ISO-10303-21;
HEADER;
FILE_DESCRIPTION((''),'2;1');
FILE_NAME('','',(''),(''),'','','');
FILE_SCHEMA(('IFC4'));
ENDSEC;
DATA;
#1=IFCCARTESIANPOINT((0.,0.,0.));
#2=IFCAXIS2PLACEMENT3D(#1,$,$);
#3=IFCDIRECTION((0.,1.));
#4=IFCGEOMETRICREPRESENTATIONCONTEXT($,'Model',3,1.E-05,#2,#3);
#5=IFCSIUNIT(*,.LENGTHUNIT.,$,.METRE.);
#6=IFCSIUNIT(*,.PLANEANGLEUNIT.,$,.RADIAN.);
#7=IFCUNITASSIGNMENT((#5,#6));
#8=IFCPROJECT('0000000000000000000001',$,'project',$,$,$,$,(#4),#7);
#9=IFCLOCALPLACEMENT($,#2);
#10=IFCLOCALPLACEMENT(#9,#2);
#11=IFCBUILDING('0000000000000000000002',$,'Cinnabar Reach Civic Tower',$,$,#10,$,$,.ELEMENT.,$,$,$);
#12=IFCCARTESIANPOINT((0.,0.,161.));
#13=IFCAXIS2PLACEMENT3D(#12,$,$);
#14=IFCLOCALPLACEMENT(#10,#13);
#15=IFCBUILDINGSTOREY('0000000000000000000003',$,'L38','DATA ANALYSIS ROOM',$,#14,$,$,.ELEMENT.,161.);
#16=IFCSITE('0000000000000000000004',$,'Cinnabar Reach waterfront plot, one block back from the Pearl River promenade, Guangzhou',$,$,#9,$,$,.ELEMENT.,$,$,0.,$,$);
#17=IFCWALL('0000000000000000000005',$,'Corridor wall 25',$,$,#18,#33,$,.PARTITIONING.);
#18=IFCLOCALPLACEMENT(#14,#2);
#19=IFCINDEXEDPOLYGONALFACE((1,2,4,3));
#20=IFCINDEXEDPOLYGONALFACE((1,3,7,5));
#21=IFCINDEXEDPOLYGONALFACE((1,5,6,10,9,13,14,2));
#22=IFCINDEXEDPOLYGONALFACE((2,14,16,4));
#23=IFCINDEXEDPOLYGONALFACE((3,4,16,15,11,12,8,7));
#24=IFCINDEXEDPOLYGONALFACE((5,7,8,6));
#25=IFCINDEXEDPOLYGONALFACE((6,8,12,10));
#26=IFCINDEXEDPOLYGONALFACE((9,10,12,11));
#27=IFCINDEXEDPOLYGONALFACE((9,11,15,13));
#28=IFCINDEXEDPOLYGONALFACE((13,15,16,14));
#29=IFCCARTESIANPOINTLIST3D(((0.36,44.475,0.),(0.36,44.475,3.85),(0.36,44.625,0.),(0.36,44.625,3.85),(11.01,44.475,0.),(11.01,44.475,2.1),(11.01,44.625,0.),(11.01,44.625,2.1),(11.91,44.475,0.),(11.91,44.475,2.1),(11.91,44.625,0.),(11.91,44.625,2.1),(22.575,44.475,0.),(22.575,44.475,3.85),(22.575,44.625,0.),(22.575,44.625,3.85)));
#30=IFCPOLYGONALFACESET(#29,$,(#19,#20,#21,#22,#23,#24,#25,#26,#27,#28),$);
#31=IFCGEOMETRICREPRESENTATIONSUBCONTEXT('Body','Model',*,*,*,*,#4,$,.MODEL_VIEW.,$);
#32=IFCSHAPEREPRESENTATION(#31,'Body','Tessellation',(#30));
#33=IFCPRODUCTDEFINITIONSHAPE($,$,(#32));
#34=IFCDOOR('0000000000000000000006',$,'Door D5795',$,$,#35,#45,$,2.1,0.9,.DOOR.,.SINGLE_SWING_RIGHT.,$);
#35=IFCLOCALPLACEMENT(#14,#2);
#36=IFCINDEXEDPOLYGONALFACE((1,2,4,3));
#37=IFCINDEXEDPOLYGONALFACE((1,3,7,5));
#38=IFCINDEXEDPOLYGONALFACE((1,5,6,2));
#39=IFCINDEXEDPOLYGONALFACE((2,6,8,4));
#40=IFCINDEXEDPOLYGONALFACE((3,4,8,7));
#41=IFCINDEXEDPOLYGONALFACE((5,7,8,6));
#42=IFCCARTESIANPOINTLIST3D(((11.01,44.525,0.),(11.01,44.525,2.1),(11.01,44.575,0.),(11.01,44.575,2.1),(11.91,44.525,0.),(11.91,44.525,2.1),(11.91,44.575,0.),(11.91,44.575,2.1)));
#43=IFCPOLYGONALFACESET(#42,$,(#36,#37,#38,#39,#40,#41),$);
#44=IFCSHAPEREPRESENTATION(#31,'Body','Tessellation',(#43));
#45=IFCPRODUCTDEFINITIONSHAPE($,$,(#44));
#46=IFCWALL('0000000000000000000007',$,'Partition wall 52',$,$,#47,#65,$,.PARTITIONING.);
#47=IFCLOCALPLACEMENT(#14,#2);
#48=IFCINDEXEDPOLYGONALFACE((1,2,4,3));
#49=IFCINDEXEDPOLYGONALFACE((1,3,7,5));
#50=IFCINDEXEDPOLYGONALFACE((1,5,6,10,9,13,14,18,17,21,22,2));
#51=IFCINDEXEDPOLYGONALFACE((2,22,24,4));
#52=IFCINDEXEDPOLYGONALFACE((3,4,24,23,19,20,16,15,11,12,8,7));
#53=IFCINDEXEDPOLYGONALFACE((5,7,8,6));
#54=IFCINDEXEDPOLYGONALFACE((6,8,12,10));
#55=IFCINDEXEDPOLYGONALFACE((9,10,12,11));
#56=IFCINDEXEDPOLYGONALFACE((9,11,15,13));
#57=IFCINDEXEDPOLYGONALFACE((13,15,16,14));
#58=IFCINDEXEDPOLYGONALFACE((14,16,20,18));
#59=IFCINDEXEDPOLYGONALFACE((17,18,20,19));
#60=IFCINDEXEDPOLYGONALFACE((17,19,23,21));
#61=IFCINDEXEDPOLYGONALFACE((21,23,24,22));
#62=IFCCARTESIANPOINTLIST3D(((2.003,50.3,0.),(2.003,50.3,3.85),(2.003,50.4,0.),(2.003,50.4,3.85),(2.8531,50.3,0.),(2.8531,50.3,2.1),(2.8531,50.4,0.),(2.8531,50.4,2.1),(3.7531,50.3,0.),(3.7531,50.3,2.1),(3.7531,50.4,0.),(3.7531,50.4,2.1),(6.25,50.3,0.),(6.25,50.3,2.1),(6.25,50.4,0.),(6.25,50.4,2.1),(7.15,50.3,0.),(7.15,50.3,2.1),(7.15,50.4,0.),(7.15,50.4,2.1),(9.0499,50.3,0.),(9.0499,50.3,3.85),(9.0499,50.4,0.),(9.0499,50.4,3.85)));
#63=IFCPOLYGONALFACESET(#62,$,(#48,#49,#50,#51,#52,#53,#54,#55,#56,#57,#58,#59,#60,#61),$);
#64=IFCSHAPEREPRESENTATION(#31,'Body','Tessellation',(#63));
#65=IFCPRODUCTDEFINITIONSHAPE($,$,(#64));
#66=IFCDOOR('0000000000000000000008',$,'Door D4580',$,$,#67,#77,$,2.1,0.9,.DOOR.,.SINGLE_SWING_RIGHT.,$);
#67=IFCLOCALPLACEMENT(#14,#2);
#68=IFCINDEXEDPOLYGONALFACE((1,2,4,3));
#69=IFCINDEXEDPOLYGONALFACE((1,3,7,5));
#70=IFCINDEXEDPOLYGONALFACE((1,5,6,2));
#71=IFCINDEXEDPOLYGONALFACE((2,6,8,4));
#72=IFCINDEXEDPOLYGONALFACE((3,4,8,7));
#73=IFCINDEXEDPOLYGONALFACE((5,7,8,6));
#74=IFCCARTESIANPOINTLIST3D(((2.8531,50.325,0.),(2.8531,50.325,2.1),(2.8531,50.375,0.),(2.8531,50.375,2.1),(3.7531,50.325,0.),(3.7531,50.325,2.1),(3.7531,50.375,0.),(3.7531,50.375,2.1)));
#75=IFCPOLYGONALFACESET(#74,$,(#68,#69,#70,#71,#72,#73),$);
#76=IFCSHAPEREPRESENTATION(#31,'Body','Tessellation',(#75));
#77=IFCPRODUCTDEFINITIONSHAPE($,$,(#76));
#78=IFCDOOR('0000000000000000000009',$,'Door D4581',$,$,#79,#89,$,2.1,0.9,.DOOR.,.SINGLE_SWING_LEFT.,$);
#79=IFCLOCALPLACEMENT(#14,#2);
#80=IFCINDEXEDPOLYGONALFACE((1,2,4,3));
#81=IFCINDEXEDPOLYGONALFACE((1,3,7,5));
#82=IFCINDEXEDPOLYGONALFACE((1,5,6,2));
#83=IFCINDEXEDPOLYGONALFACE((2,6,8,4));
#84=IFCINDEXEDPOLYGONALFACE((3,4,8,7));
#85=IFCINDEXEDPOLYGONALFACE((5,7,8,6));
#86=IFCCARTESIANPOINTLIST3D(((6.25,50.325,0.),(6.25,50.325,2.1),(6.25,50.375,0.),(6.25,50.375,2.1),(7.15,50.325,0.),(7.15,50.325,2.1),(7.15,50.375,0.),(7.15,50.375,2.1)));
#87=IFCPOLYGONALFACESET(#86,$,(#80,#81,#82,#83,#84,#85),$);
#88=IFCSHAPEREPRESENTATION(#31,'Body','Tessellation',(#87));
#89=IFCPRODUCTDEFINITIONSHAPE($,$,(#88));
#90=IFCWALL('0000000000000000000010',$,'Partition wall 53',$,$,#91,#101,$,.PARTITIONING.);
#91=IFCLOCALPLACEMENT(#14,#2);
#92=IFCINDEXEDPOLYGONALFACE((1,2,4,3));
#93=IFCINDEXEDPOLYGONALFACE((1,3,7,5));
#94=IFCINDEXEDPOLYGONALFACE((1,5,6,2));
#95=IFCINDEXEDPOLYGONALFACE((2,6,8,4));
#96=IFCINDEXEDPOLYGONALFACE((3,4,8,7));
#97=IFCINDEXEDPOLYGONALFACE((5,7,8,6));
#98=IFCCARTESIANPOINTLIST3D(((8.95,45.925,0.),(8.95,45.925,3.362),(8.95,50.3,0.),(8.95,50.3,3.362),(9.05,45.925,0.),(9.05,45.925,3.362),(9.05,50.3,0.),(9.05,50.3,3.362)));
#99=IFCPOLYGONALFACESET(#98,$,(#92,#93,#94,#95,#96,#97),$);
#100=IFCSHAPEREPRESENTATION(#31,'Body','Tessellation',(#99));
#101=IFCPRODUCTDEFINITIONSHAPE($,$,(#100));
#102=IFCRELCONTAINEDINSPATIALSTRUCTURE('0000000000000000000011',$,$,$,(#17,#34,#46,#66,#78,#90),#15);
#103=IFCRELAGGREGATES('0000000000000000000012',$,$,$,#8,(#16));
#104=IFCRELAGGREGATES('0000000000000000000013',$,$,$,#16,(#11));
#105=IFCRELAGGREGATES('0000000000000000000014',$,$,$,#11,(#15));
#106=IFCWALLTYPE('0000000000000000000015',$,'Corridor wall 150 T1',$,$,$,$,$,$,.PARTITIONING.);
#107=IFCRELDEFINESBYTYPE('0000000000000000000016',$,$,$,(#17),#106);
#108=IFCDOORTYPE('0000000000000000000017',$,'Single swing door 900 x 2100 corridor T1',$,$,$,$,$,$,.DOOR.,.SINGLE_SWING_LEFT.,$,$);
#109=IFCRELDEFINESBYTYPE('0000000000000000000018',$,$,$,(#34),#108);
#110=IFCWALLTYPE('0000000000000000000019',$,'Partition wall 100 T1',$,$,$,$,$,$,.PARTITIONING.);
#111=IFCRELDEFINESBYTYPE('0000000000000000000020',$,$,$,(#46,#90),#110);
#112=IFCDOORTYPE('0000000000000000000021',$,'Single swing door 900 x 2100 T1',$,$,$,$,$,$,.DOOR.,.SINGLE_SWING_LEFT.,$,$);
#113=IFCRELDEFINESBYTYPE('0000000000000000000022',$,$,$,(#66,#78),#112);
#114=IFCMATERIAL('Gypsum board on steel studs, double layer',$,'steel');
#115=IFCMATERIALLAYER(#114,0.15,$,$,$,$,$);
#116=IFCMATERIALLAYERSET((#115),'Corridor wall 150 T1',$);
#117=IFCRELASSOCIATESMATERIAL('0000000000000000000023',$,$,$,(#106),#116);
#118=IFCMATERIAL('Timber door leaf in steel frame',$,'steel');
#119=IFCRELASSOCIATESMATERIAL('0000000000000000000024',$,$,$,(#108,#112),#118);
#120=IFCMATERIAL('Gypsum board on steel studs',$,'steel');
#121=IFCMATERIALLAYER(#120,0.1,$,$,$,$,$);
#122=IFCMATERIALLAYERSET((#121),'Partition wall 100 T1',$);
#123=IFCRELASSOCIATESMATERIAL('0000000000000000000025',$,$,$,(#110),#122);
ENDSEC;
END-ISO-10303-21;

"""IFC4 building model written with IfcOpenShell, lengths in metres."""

from ifc_helpers import new_model, si_unit, direction, frame, frame_2d, origin, place, context, subcontext, project, spatial, rectangle, extrude, material, layer, layer_set, type_object, element, fill, save


model = new_model("IFC4")

# Units and contexts
model_context = context("Model", 3, precision=1e-05, world=origin(), true_north=direction((0.0, 1.0)))
body_context = subcontext(model_context, "Body", "Model", "MODEL_VIEW")
ifc_project = project(units=[si_unit("LENGTHUNIT", "METRE"), si_unit("PLANEANGLEUNIT", "RADIAN")], contexts=[model_context])

# Site, building, storey
site_placement = place(None, origin())
site = spatial("IfcSite", under=ifc_project, at=site_placement, Name="Cinnabar Reach waterfront plot, one block back from the Pearl River promenade, Guangzhou", CompositionType="ELEMENT", RefElevation=0.0)
building_placement = place(site_placement, origin())
building = spatial("IfcBuilding", under=site, at=building_placement, Name="Cinnabar Reach Civic Tower", CompositionType="ELEMENT")
storey_placement = place(building_placement, frame((0.0, 0.0, 161.0)))
storey = spatial("IfcBuildingStorey", under=building, at=storey_placement, Name="L38", Description="DATA ANALYSIS ROOM", CompositionType="ELEMENT", Elevation=161.0)

# Shared definitions
ifc_material_1 = material(Name="Timber door leaf in steel frame", Category="steel")

# Shared definitions
ifc_material_2 = material(Name="Gypsum board on steel studs, double layer", Category="steel")
ifc_layer_1 = layer(ifc_material_2, 0.15)
ifc_layer_set_1 = layer_set([ifc_layer_1], Name="Corridor wall 150 T1")
wall_type_1 = type_object("IfcWallType", Name="Corridor wall 150 T1", PredefinedType="PARTITIONING", material=ifc_layer_set_1)
door_type_1 = type_object("IfcDoorType", Name="Single swing door 900 x 2100 corridor T1", OperationType="SINGLE_SWING_LEFT", PredefinedType="DOOR", material=ifc_material_1)

# Wall, opening, door
wall_1_placement = place(storey_placement, frame((0.36, 44.55, 0.0), z_axis=(0.0, 0.0, 1.0), x_axis=(1.0, 0.0, 0.0)))
wall_1 = element("IfcWall", 1, at=wall_1_placement, inside=storey, type_object=wall_type_1, Name="Corridor wall 25", PredefinedType="PARTITIONING", context=body_context, shape_type="SweptSolid", body=[
    extrude(rectangle(XDim=22.215, YDim=0.15, at=frame_2d((11.1075, 0.0))), origin(), (0.0, 0.0, 1.0), 3.85),
])
opening_1_placement = place(wall_1_placement, frame((10.65, 0.0, 0.0)))
opening_1 = element("IfcOpeningElement", 2, at=opening_1_placement, cuts=wall_1, PredefinedType="OPENING", context=body_context, shape_type="SweptSolid", body=[
    extrude(rectangle(XDim=0.9, YDim=2.1, at=frame_2d((0.45, 1.05))), frame((0.0, 0.085, 0.0), z_axis=(0.0, -1.0, 0.0), x_axis=(1.0, 0.0, 0.0)), (0.0, 0.0, 1.0), 0.17),
])
door_1_placement = place(opening_1_placement, frame((0.9, 0.0, 0.0), z_axis=(0.0, 0.0, 1.0), x_axis=(-1.0, 0.0, 0.0)))
door_1 = element("IfcDoor", 3, at=door_1_placement, inside=storey, type_object=door_type_1, Name="Door D5795", OperationType="SINGLE_SWING_RIGHT", OverallHeight=2.1, OverallWidth=0.9, PredefinedType="DOOR", context=body_context, shape_type="SweptSolid", body=[
    extrude(rectangle(XDim=0.9, YDim=2.1, at=frame_2d((0.45, 1.05))), frame((0.0, 0.025, 0.0), z_axis=(0.0, -1.0, 0.0), x_axis=(1.0, 0.0, 0.0)), (0.0, 0.0, 1.0), 0.05),
])
fill(opening_1, door_1)

# Wall, openings, doors
ifc_material_3 = material(Name="Gypsum board on steel studs", Category="steel")
ifc_layer_2 = layer(ifc_material_3, 0.1)
ifc_layer_set_2 = layer_set([ifc_layer_2], Name="Partition wall 100 T1")
wall_type_2 = type_object("IfcWallType", Name="Partition wall 100 T1", PredefinedType="PARTITIONING", material=ifc_layer_set_2)
wall_2_placement = place(storey_placement, frame((2.0031, 50.35, 0.0), z_axis=(0.0, 0.0, 1.0), x_axis=(1.0, 0.0, 0.0)))
wall_2 = element("IfcWall", 4, at=wall_2_placement, inside=storey, type_object=wall_type_2, Name="Partition wall 52", PredefinedType="PARTITIONING", context=body_context, shape_type="SweptSolid", body=[
    extrude(rectangle(XDim=7.0469, YDim=0.1, at=frame_2d((3.5234, 0.0))), origin(), (0.0, 0.0, 1.0), 3.85),
])
opening_2_placement = place(wall_2_placement, frame((0.85, 0.0, 0.0)))
opening_2 = element("IfcOpeningElement", 5, at=opening_2_placement, cuts=wall_2, PredefinedType="OPENING", context=body_context, shape_type="SweptSolid", body=[
    extrude(rectangle(XDim=0.9, YDim=2.1, at=frame_2d((0.45, 1.05))), frame((0.0, 0.06, 0.0), z_axis=(0.0, -1.0, 0.0), x_axis=(1.0, 0.0, 0.0)), (0.0, 0.0, 1.0), 0.12),
])
opening_3_placement = place(wall_2_placement, frame((4.2469, 0.0, 0.0)))
opening_3 = element("IfcOpeningElement", 6, at=opening_3_placement, cuts=wall_2, PredefinedType="OPENING", context=body_context, shape_type="SweptSolid", body=[
    extrude(rectangle(XDim=0.9, YDim=2.1, at=frame_2d((0.45, 1.05))), frame((0.0, 0.06, 0.0), z_axis=(0.0, -1.0, 0.0), x_axis=(1.0, 0.0, 0.0)), (0.0, 0.0, 1.0), 0.12),
])
door_type_2 = type_object("IfcDoorType", Name="Single swing door 900 x 2100 T1", OperationType="SINGLE_SWING_LEFT", PredefinedType="DOOR", material=ifc_material_1)
door_2_placement = place(opening_2_placement, origin())
door_2 = element("IfcDoor", 7, at=door_2_placement, inside=storey, type_object=door_type_2, Name="Door D4580", OperationType="SINGLE_SWING_RIGHT", OverallHeight=2.1, OverallWidth=0.9, PredefinedType="DOOR", context=body_context, shape_type="SweptSolid", body=[
    extrude(rectangle(XDim=0.9, YDim=2.1, at=frame_2d((0.45, 1.05))), frame((0.0, 0.025, 0.0), z_axis=(0.0, -1.0, 0.0), x_axis=(1.0, 0.0, 0.0)), (0.0, 0.0, 1.0), 0.05),
])
fill(opening_2, door_2)
door_3_placement = place(opening_3_placement, origin())
door_3 = element("IfcDoor", 8, at=door_3_placement, inside=storey, type_object=door_type_2, Name="Door D4581", OperationType="SINGLE_SWING_LEFT", OverallHeight=2.1, OverallWidth=0.9, PredefinedType="DOOR", context=body_context, shape_type="SweptSolid", body=[
    extrude(rectangle(XDim=0.9, YDim=2.1, at=frame_2d((0.45, 1.05))), frame((0.0, 0.025, 0.0), z_axis=(0.0, -1.0, 0.0), x_axis=(1.0, 0.0, 0.0)), (0.0, 0.0, 1.0), 0.05),
])
fill(opening_3, door_3)

# Wall
wall_3_placement = place(storey_placement, frame((9.0, 45.925, 0.0), z_axis=(0.0, 0.0, 1.0), x_axis=(0.0, 1.0, 0.0)))
element("IfcWall", 9, at=wall_3_placement, inside=storey, type_object=wall_type_2, Name="Partition wall 53", PredefinedType="PARTITIONING", context=body_context, shape_type="SweptSolid", body=[
    extrude(rectangle(XDim=4.375, YDim=0.1, at=frame_2d((2.1875, 0.0))), origin(), (0.0, 0.0, 1.0), 3.362),
])

save(model, "model.ifc")
